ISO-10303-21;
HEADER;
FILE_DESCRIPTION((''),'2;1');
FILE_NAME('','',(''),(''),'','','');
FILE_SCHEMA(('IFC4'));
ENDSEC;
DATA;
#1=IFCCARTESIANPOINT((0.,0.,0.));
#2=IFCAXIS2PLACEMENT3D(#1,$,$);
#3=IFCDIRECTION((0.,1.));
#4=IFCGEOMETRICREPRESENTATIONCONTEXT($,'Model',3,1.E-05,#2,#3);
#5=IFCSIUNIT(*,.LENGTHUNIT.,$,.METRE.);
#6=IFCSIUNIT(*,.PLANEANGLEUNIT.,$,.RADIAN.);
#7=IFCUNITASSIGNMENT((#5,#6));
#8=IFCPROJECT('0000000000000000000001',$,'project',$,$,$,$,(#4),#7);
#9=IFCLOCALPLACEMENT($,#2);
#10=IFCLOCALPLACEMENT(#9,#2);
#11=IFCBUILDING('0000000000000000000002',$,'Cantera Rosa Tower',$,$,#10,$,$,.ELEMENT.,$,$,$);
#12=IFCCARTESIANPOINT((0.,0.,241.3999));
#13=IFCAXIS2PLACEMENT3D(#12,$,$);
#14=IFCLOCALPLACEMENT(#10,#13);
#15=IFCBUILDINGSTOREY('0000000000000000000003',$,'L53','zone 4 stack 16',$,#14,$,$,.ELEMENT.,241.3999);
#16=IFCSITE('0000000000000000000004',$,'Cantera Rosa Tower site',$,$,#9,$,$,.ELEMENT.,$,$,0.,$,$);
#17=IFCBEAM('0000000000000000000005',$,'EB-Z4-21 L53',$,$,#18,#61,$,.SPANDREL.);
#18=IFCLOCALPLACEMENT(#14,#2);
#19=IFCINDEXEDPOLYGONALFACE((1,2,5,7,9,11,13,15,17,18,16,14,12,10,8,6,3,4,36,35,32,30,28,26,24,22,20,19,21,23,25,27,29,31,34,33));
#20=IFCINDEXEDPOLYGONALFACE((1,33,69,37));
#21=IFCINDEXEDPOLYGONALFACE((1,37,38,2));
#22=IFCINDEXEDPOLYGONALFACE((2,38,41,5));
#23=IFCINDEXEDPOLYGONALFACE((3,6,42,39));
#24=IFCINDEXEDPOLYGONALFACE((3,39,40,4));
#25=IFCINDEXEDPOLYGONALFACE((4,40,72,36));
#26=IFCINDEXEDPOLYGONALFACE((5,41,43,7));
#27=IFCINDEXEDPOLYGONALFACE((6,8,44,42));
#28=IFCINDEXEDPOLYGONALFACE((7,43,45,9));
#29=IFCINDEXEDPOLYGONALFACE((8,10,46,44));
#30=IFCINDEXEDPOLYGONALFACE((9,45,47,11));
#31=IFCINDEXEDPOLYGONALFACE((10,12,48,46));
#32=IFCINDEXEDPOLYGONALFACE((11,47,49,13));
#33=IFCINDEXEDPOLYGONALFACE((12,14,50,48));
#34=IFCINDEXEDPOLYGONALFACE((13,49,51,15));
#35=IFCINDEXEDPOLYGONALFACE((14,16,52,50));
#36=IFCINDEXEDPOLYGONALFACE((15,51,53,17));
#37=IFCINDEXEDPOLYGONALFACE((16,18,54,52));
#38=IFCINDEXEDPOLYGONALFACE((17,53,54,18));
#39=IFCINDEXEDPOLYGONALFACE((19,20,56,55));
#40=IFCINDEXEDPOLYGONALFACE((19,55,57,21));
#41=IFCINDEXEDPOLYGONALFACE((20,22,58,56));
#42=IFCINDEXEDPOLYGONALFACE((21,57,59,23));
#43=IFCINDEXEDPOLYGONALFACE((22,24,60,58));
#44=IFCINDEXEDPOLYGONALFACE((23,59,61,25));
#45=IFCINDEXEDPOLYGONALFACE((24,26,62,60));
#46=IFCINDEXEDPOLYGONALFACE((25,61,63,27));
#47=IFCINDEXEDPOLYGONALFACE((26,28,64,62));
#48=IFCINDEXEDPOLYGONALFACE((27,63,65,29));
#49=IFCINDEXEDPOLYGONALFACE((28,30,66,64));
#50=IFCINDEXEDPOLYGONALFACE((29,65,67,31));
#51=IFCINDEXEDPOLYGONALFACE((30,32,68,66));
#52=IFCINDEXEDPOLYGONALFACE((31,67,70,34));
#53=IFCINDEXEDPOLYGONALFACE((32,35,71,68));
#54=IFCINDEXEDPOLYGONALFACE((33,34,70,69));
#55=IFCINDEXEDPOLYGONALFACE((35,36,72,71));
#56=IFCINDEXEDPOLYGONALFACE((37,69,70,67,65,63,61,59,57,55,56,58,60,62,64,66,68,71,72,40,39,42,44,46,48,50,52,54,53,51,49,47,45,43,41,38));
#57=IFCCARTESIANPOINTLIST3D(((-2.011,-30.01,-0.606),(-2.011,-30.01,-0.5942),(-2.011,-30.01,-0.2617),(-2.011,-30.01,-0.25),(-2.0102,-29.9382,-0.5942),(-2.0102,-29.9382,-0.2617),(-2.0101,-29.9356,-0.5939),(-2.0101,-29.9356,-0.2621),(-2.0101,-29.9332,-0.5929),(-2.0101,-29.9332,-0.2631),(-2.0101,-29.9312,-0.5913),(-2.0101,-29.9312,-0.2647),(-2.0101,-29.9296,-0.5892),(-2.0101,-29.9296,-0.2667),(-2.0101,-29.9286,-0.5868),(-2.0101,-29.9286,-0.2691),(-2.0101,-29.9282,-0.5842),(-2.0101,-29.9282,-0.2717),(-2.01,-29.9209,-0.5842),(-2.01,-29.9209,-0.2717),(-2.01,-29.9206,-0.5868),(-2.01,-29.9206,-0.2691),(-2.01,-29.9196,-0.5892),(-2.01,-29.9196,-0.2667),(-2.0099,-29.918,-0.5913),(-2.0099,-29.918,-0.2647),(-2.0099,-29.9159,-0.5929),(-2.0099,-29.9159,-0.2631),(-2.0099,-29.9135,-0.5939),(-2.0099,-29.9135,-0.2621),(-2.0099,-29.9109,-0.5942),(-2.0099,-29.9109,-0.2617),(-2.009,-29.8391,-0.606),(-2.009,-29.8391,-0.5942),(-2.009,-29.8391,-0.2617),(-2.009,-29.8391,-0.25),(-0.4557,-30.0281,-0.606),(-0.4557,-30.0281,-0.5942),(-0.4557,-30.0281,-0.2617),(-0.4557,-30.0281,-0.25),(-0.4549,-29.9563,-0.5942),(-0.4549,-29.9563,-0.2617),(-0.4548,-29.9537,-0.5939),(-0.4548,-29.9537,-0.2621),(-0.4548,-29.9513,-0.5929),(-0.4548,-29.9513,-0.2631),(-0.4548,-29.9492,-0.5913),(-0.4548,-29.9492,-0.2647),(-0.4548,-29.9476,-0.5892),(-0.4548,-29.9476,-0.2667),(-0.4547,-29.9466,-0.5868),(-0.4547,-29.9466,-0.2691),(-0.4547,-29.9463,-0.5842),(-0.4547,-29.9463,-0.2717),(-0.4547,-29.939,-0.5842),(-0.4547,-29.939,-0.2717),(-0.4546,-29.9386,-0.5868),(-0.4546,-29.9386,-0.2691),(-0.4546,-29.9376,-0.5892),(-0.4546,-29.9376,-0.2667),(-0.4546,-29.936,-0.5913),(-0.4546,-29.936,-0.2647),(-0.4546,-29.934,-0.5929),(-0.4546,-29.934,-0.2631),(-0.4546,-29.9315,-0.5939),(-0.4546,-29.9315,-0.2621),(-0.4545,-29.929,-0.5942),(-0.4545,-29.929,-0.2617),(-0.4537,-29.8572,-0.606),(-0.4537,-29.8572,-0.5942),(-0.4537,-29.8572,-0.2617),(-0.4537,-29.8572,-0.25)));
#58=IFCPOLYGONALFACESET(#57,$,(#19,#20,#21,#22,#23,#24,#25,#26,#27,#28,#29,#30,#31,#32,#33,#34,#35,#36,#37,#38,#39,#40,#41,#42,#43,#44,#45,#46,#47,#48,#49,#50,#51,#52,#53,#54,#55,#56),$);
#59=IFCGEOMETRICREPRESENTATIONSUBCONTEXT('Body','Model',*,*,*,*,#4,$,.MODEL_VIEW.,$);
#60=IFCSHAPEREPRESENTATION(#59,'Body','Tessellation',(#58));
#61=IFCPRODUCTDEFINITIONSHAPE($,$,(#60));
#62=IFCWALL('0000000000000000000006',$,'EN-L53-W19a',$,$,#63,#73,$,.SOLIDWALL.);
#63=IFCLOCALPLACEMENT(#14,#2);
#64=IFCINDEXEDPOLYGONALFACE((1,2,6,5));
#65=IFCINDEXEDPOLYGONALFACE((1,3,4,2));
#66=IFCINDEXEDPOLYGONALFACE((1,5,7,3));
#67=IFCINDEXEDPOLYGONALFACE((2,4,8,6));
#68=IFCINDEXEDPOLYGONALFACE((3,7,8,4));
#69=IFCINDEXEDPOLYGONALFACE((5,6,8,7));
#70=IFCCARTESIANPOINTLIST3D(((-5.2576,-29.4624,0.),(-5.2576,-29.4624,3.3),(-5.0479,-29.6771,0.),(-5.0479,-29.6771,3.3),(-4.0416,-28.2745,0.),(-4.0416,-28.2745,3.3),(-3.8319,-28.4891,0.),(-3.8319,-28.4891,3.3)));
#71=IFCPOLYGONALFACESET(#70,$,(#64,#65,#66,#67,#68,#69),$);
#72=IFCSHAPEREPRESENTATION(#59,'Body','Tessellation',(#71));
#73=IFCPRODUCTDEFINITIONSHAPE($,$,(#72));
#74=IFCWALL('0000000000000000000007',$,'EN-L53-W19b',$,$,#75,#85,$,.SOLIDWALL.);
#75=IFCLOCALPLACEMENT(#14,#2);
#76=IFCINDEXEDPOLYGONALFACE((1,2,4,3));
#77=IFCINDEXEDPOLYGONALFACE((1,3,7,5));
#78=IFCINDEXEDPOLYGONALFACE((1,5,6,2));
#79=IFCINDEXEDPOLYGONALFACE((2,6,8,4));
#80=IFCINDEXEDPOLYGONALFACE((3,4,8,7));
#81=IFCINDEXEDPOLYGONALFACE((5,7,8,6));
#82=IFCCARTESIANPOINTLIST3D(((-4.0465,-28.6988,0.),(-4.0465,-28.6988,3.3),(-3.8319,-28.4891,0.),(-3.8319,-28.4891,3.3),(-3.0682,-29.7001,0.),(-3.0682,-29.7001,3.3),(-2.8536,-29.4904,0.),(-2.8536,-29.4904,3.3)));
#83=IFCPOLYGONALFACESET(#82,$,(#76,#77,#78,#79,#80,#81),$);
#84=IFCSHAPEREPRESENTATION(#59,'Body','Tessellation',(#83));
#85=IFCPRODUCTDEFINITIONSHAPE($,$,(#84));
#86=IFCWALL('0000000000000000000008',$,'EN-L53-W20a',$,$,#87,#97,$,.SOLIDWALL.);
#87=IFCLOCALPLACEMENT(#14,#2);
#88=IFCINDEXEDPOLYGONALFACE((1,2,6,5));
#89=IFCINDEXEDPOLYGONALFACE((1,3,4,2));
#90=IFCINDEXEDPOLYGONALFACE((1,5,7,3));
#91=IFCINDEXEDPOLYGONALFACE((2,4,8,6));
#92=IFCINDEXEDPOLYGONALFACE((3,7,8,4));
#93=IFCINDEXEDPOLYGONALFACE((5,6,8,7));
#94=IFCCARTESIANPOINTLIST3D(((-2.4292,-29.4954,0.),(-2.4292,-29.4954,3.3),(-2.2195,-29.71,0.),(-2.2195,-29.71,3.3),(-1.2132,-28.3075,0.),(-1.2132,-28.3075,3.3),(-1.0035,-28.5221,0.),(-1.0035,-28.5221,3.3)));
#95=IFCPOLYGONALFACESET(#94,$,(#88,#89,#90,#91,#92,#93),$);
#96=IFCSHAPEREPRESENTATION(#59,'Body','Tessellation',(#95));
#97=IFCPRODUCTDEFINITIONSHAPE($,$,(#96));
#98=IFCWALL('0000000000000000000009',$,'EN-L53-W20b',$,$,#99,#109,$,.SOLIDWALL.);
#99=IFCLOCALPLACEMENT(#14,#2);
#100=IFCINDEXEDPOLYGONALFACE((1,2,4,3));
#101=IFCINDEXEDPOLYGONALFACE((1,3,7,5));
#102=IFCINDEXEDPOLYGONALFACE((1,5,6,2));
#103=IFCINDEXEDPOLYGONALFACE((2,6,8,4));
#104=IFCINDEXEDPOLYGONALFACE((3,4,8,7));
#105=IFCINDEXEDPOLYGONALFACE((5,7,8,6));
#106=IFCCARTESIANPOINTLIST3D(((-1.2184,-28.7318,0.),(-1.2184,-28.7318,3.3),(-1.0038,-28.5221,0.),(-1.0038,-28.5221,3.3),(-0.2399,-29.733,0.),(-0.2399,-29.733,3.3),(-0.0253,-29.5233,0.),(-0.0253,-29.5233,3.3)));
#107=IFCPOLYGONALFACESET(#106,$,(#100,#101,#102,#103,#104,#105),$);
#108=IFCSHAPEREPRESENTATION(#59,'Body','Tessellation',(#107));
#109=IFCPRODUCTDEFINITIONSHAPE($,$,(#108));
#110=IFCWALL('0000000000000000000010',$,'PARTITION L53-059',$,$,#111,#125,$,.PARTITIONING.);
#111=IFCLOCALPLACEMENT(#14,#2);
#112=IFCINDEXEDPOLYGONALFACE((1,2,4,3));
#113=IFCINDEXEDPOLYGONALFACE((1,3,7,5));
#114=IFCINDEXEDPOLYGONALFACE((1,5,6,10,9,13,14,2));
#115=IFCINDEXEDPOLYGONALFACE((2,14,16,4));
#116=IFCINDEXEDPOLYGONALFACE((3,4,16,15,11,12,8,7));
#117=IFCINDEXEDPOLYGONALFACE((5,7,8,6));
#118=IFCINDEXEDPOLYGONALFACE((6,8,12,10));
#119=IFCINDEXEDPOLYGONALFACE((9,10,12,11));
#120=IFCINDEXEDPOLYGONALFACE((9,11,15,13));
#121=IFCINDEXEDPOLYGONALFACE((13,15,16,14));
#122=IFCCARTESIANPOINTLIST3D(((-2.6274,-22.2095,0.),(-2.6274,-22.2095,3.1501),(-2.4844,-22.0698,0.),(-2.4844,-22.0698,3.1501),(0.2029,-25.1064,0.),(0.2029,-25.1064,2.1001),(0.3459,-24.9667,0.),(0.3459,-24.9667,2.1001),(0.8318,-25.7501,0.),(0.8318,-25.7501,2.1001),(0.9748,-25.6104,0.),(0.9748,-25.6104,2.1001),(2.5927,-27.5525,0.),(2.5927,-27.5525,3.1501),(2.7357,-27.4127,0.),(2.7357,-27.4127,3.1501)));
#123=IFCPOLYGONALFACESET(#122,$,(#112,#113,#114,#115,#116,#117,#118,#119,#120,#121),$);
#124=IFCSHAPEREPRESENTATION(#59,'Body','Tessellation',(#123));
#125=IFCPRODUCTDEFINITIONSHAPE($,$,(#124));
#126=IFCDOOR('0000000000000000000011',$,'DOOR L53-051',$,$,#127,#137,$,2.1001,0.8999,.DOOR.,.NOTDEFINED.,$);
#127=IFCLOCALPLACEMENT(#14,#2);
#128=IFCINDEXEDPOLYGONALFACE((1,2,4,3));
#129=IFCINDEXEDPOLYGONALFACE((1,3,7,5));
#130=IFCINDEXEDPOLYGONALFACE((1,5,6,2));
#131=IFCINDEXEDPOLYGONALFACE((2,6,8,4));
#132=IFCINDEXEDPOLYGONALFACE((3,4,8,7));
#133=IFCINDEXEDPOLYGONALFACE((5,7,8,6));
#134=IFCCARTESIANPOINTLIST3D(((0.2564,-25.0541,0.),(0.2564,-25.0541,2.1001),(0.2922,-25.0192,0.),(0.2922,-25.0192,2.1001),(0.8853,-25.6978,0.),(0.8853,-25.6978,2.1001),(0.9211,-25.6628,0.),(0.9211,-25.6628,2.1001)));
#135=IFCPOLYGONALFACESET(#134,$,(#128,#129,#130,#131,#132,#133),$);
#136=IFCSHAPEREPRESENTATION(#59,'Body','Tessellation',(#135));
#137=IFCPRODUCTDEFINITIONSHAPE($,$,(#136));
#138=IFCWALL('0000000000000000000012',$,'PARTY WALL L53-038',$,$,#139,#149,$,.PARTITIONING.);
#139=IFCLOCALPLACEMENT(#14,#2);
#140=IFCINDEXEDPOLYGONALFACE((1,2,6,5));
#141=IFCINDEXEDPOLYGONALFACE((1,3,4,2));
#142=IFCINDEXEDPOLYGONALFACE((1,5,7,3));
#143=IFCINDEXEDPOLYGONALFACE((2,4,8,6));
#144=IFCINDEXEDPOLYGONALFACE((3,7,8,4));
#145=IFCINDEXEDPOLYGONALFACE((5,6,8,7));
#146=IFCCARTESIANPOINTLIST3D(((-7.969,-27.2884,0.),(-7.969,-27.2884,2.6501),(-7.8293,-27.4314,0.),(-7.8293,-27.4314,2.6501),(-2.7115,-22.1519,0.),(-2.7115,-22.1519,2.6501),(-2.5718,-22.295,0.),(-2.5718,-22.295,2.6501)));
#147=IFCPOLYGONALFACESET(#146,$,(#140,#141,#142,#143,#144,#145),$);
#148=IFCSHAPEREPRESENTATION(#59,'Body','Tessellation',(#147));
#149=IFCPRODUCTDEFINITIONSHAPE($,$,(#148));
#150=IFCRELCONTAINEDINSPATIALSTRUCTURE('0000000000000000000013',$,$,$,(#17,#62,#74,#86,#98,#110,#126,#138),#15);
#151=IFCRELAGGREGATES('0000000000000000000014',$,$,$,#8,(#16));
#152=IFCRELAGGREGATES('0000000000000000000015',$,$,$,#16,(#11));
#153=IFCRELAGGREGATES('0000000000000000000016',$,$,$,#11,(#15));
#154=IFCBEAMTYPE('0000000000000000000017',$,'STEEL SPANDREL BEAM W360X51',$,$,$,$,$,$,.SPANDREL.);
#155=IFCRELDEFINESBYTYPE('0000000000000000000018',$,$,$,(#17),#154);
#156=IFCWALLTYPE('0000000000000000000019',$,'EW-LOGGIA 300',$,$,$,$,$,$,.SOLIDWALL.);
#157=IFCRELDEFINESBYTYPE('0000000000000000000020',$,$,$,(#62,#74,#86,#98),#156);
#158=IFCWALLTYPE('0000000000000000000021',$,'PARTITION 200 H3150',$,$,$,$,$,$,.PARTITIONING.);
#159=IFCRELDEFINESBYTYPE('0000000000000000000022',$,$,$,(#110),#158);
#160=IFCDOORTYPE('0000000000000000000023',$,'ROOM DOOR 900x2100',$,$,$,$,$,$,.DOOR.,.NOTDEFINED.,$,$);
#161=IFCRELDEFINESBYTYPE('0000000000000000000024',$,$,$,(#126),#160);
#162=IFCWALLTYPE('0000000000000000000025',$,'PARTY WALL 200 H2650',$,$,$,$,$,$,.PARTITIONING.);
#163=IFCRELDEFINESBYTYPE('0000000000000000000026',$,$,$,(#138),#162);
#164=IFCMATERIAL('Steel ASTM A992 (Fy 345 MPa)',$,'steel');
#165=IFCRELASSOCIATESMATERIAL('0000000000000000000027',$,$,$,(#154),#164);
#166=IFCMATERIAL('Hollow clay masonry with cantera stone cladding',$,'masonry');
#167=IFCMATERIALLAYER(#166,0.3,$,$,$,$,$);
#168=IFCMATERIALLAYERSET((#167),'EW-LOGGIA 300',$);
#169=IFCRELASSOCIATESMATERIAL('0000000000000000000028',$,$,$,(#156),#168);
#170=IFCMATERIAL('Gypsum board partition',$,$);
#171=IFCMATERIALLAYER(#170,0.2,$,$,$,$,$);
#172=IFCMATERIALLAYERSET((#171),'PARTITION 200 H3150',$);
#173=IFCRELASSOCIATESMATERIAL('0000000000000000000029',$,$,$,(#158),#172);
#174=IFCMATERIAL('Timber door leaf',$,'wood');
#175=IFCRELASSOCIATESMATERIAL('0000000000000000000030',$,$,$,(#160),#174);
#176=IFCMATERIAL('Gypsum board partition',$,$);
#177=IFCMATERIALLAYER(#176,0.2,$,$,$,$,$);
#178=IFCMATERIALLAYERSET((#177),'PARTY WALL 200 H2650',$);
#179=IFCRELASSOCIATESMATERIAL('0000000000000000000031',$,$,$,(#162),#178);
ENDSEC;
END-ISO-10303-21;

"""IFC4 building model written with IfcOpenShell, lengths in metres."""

from ifc_helpers import new_model, si_unit, direction, frame, frame_2d, origin, origin_2d, place, context, subcontext, project, spatial, rectangle, i_section, extrude, material, layer, layer_set, material_profile, profile_set, type_object, element, fill, save


model = new_model("IFC4")

# Units and contexts
model_context = context("Model", 3, precision=1e-05, world=origin(), true_north=direction((0.0, 1.0)))
body_context = subcontext(model_context, "Body", "Model", "MODEL_VIEW")
ifc_project = project(units=[si_unit("LENGTHUNIT", "METRE"), si_unit("PLANEANGLEUNIT", "RADIAN")], contexts=[model_context])

# Site, building, storey
site_placement = place(None, origin())
site = spatial("IfcSite", under=ifc_project, at=site_placement, Name="Cantera Rosa Tower site", CompositionType="ELEMENT", RefElevation=0.0)
building_placement = place(site_placement, origin())
building = spatial("IfcBuilding", under=site, at=building_placement, Name="Cantera Rosa Tower", CompositionType="ELEMENT")
storey_placement = place(building_placement, frame((0.0, 0.0, 241.3999)))
storey = spatial("IfcBuildingStorey", under=building, at=storey_placement, Name="L53", Description="zone 4 stack 16", CompositionType="ELEMENT", Elevation=241.3999)

# Beam
ifc_material_1 = material(Name="Steel ASTM A992 (Fy 345 MPa)", Category="steel")
ifc_material_profile_1 = material_profile(ifc_material_1, i_section(OverallWidth=0.1709, OverallDepth=0.356, WebThickness=0.0073, FlangeThickness=0.0117, FilletRadius=0.01, at=origin_2d()), Name="W360X51")
ifc_profile_set_1 = profile_set([ifc_material_profile_1], Name="Steel ASTM A992 (Fy 345 MPa)")
beam_type_1 = type_object("IfcBeamType", Name="STEEL SPANDREL BEAM W360X51", PredefinedType="SPANDREL", material=ifc_profile_set_1)
for number, where, z_axis, x_axis, name in (
    (1, (-2.01, -29.9246, -0.428), (0.999933, -0.011614, 0.0), (0.011614, 0.999933, 0.0), "EB-Z4-21 L53"),
):
    element("IfcBeam", number, at=place(storey_placement, frame(where, z_axis=z_axis, x_axis=x_axis)), inside=storey, type_object=beam_type_1, Name=name, PredefinedType="SPANDREL", context=body_context, shape_type="SweptSolid", body=[
        extrude(i_section(OverallWidth=0.1709, OverallDepth=0.356, WebThickness=0.0073, FlangeThickness=0.0117, FilletRadius=0.01, at=origin_2d()), origin(), (0.0, 0.0, 1.0), 1.5554),
    ])

# Walls
ifc_material_2 = material(Name="Hollow clay masonry with cantera stone cladding", Category="masonry")
ifc_layer_1 = layer(ifc_material_2, 0.3)
ifc_layer_set_1 = layer_set([ifc_layer_1], Name="EW-LOGGIA 300")
wall_type_1 = type_object("IfcWallType", Name="EW-LOGGIA 300", PredefinedType="SOLIDWALL", material=ifc_layer_set_1)
wall_1_placement = place(storey_placement, frame((-5.1528, -29.5698, 0.0), z_axis=(0.0, 0.0, 1.0), x_axis=(0.715316, 0.698801, 0.0)))
element("IfcWall", 2, at=wall_1_placement, inside=storey, type_object=wall_type_1, Name="EN-L53-W19a", PredefinedType="SOLIDWALL", context=body_context, shape_type="SweptSolid", body=[
    extrude(rectangle(XDim=1.7, YDim=0.3, at=frame_2d((0.8501, 0.0))), origin(), (0.0, 0.0, 1.0), 3.3),
])
wall_2_placement = place(storey_placement, frame((-3.9392, -28.594, 0.0), z_axis=(0.0, 0.0, 1.0), x_axis=(0.698862, -0.715257, 0.0)))
element("IfcWall", 3, at=wall_2_placement, inside=storey, type_object=wall_type_1, Name="EN-L53-W19b", PredefinedType="SOLIDWALL", context=body_context, shape_type="SweptSolid", body=[
    extrude(rectangle(XDim=1.3999, YDim=0.3, at=frame_2d((0.7, 0.0))), origin(), (0.0, 0.0, 1.0), 3.3),
])
wall_3_placement = place(storey_placement, frame((-2.3245, -29.6028, 0.0), z_axis=(0.0, 0.0, 1.0), x_axis=(0.715316, 0.698801, 0.0)))
element("IfcWall", 4, at=wall_3_placement, inside=storey, type_object=wall_type_1, Name="EN-L53-W20a", PredefinedType="SOLIDWALL", context=body_context, shape_type="SweptSolid", body=[
    extrude(rectangle(XDim=1.7, YDim=0.3, at=frame_2d((0.8501, 0.0))), origin(), (0.0, 0.0, 1.0), 3.3),
])
wall_4_placement = place(storey_placement, frame((-1.1111, -28.627, 0.0), z_axis=(0.0, 0.0, 1.0), x_axis=(0.698951, -0.715169, 0.0)))
element("IfcWall", 5, at=wall_4_placement, inside=storey, type_object=wall_type_1, Name="EN-L53-W20b", PredefinedType="SOLIDWALL", context=body_context, shape_type="SweptSolid", body=[
    extrude(rectangle(XDim=1.3999, YDim=0.3, at=frame_2d((0.7, 0.0))), origin(), (0.0, 0.0, 1.0), 3.3),
])

# Wall, opening, door
ifc_material_3 = material(Name="Gypsum board partition")
ifc_layer_2 = layer(ifc_material_3, 0.2)
ifc_layer_set_2 = layer_set([ifc_layer_2], Name="PARTITION 200 H3150")
wall_type_2 = type_object("IfcWallType", Name="PARTITION 200 H3150", PredefinedType="PARTITIONING", material=ifc_layer_set_2)
wall_5_placement = place(storey_placement, frame((-2.5559, -22.1396, 0.0), z_axis=(0.0, 0.0, 1.0), x_axis=(0.698839, -0.715279, 0.0)))
wall_5 = element("IfcWall", 6, at=wall_5_placement, inside=storey, type_object=wall_type_2, Name="PARTITION L53-059", PredefinedType="PARTITIONING", context=body_context, shape_type="SweptSolid", body=[
    extrude(rectangle(XDim=7.4697, YDim=0.2, at=frame_2d((3.7349, 0.0))), origin(), (0.0, 0.0, 1.0), 3.1501),
])
opening_placement = place(wall_5_placement, frame((4.05, 0.0, 0.0)))
opening = element("IfcOpeningElement", 7, at=opening_placement, cuts=wall_5, PredefinedType="OPENING", context=body_context, shape_type="SweptSolid", body=[
    extrude(rectangle(XDim=0.8999, YDim=2.1001, at=frame_2d((0.45, 1.05))), frame((0.0, 0.1099, 0.0), z_axis=(0.0, -1.0, 0.0), x_axis=(1.0, 0.0, 0.0)), (0.0, 0.0, 1.0), 0.22),
])
ifc_material_4 = material(Name="Timber door leaf", Category="wood")
door_type = type_object("IfcDoorType", Name="ROOM DOOR 900x2100", OperationType="NOTDEFINED", PredefinedType="DOOR", material=ifc_material_4)
door_placement = place(opening_placement, origin())
door = element("IfcDoor", 8, at=door_placement, inside=storey, type_object=door_type, Name="DOOR L53-051", OperationType="NOTDEFINED", OverallHeight=2.1001, OverallWidth=0.8999, PredefinedType="DOOR", context=body_context, shape_type="SweptSolid", body=[
    extrude(rectangle(XDim=0.8999, YDim=2.1001, at=frame_2d((0.45, 1.05))), frame((0.0, 0.0249, 0.0), z_axis=(0.0, -1.0, 0.0), x_axis=(1.0, 0.0, 0.0)), (0.0, 0.0, 1.0), 0.05),
])
fill(opening, door)

# Wall
ifc_material_5 = material(Name="Gypsum board partition")
ifc_layer_3 = layer(ifc_material_5, 0.2)
ifc_layer_set_3 = layer_set([ifc_layer_3], Name="PARTY WALL 200 H2650")
wall_type_3 = type_object("IfcWallType", Name="PARTY WALL 200 H2650", PredefinedType="PARTITIONING", material=ifc_layer_set_3)
wall_6_placement = place(storey_placement, frame((-7.8992, -27.3599, 0.0), z_axis=(0.0, 0.0, 1.0), x_axis=(0.715296, 0.698821, 0.0)))
element("IfcWall", 9, at=wall_6_placement, inside=storey, type_object=wall_type_3, Name="PARTY WALL L53-038", PredefinedType="PARTITIONING", context=body_context, shape_type="SweptSolid", body=[
    extrude(rectangle(XDim=7.3501, YDim=0.2, at=frame_2d((3.675, 0.0))), origin(), (0.0, 0.0, 1.0), 2.6501),
])

save(model, "model.ifc")
